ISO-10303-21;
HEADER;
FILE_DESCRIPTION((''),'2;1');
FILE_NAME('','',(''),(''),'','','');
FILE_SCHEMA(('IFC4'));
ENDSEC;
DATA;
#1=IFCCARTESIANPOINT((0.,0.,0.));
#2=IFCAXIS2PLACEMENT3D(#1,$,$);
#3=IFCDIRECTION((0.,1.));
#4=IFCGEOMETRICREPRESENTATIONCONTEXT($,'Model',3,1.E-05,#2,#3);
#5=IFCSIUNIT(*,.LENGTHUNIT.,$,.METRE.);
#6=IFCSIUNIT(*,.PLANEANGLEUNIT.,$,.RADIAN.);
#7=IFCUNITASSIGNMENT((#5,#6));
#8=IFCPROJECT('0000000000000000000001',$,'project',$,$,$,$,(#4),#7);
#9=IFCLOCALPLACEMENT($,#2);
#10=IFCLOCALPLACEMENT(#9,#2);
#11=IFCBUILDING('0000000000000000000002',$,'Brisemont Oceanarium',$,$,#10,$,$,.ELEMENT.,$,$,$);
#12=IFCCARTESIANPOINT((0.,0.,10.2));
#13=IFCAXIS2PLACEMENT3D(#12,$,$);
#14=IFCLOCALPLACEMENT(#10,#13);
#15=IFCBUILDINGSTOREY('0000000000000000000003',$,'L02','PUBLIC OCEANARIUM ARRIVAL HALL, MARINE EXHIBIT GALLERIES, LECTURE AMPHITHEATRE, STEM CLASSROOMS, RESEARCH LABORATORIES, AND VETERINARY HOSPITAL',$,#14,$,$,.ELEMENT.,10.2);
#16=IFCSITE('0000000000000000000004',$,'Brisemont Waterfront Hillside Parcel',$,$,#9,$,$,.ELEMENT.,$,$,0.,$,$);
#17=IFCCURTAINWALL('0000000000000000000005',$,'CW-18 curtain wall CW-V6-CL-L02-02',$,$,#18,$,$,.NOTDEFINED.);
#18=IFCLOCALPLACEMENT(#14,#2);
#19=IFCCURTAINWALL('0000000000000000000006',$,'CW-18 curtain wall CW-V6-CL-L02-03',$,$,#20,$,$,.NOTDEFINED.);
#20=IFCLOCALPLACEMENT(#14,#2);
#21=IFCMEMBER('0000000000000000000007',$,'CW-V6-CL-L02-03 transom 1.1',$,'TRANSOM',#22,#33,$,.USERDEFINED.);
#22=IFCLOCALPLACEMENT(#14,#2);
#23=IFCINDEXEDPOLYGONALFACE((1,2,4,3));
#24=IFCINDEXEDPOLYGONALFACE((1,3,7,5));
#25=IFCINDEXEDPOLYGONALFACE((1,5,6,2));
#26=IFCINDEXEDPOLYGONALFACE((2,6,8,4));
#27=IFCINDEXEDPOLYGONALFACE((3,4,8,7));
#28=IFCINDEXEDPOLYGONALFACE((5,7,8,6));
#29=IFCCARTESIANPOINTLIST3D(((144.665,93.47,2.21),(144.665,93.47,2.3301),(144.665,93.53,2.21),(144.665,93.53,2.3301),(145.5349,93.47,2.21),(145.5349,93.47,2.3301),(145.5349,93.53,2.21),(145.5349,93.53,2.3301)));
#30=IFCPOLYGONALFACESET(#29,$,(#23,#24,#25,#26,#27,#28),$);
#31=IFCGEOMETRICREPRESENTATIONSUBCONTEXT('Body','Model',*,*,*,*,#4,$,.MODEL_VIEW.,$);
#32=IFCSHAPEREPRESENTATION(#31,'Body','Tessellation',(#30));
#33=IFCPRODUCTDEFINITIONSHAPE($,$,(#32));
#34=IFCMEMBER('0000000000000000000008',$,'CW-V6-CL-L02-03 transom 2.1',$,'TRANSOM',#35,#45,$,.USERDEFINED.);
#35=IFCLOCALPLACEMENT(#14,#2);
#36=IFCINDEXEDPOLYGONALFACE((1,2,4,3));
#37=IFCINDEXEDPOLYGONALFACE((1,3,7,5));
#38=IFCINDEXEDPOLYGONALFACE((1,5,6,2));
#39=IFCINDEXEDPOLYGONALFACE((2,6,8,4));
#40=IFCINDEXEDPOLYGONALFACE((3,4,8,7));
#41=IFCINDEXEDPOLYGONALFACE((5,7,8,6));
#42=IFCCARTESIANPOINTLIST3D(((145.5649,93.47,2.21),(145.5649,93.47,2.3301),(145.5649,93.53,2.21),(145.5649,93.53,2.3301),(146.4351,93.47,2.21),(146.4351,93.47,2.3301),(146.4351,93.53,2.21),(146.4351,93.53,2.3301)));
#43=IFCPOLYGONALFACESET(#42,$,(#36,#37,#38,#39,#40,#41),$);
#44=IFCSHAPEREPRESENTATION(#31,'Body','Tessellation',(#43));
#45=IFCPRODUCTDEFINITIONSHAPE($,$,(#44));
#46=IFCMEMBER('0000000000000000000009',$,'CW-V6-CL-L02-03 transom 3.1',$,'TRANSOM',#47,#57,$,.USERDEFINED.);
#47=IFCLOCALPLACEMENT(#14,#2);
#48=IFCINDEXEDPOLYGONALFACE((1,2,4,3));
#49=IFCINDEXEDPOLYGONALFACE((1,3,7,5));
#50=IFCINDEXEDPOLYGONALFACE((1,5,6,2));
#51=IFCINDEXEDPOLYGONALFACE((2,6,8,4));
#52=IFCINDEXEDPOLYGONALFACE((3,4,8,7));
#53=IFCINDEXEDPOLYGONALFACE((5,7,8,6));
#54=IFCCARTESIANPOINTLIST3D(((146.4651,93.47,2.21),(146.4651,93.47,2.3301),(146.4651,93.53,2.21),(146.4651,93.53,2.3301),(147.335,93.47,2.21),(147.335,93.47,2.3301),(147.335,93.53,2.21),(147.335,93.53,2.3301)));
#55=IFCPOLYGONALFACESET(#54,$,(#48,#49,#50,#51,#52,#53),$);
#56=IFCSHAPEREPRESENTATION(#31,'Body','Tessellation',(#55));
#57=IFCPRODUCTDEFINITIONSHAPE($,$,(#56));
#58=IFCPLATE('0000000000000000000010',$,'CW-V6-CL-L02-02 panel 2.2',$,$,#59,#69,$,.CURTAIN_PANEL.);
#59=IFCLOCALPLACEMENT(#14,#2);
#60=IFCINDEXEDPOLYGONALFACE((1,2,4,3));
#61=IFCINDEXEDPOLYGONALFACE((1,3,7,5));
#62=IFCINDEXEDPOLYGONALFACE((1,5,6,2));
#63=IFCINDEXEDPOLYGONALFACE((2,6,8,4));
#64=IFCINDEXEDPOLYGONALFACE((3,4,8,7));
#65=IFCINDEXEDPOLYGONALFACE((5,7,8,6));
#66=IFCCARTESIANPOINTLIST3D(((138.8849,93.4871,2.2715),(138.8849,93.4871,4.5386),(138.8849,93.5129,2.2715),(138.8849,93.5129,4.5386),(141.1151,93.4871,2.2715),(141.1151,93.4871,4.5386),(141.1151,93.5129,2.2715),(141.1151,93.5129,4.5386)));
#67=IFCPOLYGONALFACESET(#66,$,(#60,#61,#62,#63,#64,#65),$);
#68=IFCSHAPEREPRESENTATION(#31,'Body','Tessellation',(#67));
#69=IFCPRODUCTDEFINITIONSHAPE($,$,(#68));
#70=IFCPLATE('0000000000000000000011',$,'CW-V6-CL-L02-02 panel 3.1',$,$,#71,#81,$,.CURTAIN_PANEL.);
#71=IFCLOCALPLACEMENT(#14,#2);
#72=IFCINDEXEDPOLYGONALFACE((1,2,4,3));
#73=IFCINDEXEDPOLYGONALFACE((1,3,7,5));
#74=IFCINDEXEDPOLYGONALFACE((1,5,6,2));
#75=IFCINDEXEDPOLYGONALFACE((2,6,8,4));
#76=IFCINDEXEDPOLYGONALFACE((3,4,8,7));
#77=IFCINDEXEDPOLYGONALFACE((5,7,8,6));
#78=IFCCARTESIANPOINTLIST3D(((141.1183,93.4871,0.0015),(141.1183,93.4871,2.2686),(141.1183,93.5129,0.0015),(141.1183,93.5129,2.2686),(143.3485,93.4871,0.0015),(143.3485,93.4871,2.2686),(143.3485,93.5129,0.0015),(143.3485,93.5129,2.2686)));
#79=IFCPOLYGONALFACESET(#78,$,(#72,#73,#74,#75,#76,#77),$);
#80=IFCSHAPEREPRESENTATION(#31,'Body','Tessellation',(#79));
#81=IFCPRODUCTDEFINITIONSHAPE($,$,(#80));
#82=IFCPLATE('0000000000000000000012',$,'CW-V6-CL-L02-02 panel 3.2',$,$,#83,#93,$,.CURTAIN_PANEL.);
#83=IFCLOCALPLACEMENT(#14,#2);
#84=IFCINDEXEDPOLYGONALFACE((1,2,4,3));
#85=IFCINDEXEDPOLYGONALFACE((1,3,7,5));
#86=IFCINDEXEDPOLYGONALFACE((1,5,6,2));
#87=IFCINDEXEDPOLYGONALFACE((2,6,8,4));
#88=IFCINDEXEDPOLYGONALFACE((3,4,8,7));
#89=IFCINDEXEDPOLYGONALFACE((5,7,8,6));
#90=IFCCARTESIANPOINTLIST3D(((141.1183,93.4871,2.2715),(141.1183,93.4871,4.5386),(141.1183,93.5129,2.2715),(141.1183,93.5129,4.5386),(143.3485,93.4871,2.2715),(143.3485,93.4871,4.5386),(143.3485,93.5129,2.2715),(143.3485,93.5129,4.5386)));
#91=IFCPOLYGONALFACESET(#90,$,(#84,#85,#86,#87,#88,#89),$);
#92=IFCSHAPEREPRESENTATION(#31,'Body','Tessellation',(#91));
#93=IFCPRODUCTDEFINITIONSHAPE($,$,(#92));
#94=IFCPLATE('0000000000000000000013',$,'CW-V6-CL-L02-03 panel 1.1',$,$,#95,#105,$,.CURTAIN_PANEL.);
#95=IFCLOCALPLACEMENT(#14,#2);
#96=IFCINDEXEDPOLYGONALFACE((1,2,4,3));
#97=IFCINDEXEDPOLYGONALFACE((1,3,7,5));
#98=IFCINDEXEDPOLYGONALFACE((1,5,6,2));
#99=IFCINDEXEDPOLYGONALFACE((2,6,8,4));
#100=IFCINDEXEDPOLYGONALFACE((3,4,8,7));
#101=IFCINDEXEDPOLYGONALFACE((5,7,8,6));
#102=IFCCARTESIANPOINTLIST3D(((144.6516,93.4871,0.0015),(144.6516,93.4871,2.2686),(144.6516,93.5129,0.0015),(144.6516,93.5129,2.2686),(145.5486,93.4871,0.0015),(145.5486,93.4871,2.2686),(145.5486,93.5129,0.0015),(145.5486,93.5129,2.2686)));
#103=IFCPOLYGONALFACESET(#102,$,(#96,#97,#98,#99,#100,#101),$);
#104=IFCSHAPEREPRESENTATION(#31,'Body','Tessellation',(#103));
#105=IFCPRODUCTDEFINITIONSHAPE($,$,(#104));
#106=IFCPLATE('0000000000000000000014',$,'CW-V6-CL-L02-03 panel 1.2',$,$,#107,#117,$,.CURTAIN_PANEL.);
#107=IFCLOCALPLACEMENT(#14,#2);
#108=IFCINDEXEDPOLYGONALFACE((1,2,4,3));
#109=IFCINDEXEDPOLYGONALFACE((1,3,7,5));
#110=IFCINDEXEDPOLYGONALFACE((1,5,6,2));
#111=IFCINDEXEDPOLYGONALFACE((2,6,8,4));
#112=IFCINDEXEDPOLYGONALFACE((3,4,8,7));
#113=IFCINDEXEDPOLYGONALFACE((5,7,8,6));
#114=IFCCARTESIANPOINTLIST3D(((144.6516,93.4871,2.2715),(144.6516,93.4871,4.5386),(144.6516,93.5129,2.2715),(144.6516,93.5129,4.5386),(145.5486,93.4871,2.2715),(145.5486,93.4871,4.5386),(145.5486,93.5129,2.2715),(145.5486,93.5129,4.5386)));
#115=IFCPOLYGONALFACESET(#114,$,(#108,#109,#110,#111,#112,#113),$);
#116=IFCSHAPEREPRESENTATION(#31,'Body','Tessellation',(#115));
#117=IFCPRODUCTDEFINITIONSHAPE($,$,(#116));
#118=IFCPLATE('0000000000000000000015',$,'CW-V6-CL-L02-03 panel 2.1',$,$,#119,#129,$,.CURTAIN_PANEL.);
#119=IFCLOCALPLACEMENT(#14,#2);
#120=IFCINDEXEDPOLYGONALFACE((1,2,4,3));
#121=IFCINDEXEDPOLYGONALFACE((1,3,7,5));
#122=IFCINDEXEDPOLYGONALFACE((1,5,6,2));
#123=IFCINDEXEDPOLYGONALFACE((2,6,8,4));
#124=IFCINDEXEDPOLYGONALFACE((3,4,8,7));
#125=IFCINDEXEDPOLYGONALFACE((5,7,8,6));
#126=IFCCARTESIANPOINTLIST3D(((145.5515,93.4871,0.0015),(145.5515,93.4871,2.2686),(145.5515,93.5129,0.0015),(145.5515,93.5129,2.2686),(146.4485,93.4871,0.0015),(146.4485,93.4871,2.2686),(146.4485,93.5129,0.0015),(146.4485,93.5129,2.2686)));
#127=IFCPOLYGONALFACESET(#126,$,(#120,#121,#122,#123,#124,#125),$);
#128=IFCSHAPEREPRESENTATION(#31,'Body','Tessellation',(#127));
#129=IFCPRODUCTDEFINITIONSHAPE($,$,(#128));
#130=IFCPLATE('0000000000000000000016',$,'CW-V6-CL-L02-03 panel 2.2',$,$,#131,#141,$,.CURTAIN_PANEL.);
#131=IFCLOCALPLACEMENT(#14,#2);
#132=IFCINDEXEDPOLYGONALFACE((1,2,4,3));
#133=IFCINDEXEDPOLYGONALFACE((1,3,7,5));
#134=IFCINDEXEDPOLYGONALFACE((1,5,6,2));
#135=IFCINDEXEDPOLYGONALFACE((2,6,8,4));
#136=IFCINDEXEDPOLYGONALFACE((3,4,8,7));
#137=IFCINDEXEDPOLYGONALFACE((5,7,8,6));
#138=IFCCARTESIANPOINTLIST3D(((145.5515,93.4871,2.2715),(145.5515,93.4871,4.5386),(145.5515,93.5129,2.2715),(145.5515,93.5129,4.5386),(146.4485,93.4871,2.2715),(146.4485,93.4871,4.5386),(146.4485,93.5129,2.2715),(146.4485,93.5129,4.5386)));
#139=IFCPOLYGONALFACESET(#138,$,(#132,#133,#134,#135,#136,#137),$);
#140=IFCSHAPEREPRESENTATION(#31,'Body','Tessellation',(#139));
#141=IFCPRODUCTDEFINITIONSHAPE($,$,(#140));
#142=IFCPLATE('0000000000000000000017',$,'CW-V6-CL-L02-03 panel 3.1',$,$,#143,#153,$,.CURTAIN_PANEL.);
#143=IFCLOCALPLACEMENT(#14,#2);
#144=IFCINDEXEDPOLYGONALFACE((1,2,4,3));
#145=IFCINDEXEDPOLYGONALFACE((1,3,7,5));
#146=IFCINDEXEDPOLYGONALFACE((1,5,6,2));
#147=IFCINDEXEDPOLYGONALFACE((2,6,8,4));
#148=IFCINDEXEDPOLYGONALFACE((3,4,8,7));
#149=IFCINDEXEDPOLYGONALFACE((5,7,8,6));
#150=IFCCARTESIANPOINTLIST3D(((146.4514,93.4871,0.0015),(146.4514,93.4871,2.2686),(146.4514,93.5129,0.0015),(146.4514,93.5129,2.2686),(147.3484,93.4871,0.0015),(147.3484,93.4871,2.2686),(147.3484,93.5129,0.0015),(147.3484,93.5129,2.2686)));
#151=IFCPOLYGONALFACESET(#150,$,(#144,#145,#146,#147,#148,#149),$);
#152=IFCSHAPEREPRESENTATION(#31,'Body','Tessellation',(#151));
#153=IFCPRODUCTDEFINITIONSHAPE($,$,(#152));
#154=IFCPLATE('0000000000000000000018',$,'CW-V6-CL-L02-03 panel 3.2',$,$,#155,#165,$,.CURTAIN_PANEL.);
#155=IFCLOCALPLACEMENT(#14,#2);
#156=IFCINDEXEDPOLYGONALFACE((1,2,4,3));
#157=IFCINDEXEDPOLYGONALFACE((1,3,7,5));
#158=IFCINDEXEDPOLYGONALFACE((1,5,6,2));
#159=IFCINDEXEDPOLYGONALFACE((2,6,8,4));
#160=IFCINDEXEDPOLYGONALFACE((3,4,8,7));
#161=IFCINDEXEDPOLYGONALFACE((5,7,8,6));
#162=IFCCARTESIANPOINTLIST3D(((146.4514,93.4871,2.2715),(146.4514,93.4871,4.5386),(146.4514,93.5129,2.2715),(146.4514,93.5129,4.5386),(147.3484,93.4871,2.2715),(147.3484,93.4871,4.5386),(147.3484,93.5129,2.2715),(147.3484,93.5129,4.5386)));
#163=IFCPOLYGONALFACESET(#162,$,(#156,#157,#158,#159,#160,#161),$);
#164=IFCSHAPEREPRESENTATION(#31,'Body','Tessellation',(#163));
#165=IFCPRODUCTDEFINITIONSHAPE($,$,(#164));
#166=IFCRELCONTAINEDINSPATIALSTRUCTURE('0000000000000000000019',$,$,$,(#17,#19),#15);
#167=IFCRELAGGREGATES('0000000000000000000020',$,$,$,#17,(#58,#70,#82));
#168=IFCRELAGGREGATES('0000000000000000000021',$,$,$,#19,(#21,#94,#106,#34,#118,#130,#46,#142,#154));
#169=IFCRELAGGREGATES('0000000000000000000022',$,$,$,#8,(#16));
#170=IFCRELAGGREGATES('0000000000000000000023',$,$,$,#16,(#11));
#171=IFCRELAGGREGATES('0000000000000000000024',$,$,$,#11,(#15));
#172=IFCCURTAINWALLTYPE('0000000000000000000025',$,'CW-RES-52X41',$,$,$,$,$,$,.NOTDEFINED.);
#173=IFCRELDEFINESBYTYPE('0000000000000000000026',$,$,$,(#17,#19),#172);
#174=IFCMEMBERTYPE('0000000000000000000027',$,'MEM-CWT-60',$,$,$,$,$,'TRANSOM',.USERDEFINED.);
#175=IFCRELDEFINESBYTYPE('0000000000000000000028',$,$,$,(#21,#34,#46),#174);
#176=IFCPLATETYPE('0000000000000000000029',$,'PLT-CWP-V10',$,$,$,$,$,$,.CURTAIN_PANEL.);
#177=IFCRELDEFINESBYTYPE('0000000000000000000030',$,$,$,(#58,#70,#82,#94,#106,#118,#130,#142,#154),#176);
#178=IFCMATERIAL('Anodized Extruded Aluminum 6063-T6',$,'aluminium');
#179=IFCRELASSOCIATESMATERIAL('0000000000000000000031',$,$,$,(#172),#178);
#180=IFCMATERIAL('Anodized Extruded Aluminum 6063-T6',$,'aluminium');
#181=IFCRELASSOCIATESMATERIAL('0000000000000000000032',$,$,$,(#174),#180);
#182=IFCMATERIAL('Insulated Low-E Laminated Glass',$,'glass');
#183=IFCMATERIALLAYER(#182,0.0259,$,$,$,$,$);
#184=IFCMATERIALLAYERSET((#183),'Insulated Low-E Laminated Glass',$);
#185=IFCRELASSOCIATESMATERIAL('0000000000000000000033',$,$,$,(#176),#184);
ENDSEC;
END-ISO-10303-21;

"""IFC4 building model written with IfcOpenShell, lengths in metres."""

from ifc_helpers import new_model, si_unit, direction, frame, origin, origin_2d, place, context, subcontext, project, spatial, rectangle, extrude, material, layer, layer_set, material_profile, profile_set, type_object, element, aggregate, save


model = new_model("IFC4")

# Units and contexts
model_context = context("Model", 3, precision=1e-05, world=origin(), true_north=direction((0.0, 1.0)))
body_context = subcontext(model_context, "Body", "Model", "MODEL_VIEW")
ifc_project = project(units=[si_unit("LENGTHUNIT", "METRE"), si_unit("PLANEANGLEUNIT", "RADIAN")], contexts=[model_context])

# Site, building, storey
site_placement = place(None, origin())
site = spatial("IfcSite", under=ifc_project, at=site_placement, Name="Brisemont Waterfront Hillside Parcel", CompositionType="ELEMENT", RefElevation=0.0)
building_placement = place(site_placement, origin())
building = spatial("IfcBuilding", under=site, at=building_placement, Name="Brisemont Oceanarium", CompositionType="ELEMENT")
storey_placement = place(building_placement, frame((0.0, 0.0, 10.2)))
storey = spatial("IfcBuildingStorey", under=building, at=storey_placement, Name="L02", Description="PUBLIC OCEANARIUM ARRIVAL HALL, MARINE EXHIBIT GALLERIES, LECTURE AMPHITHEATRE, STEM CLASSROOMS, RESEARCH LABORATORIES, AND VETERINARY HOSPITAL", CompositionType="ELEMENT", Elevation=10.2)

# Curtain walls
ifc_material_1 = material(Name="Anodized Extruded Aluminum 6063-T6", Category="aluminium")
curtain_wall_type = type_object("IfcCurtainWallType", Name="CW-RES-52X41", PredefinedType="NOTDEFINED", material=ifc_material_1)
curtain_wall_1_placement = place(storey_placement, origin())
curtain_wall_1 = element("IfcCurtainWall", 1, at=curtain_wall_1_placement, inside=storey, type_object=curtain_wall_type, Name="CW-18 curtain wall CW-V6-CL-L02-02", PredefinedType="NOTDEFINED")
curtain_wall_2_placement = place(storey_placement, origin())
curtain_wall_2 = element("IfcCurtainWall", 2, at=curtain_wall_2_placement, inside=storey, type_object=curtain_wall_type, Name="CW-18 curtain wall CW-V6-CL-L02-03", PredefinedType="NOTDEFINED")

# Members
ifc_material_2 = material(Name="Anodized Extruded Aluminum 6063-T6", Category="aluminium")
ifc_material_profile_1 = material_profile(ifc_material_2, rectangle(XDim=0.0601, YDim=0.1201, at=origin_2d()), Name="CWT-60X120")
ifc_profile_set_1 = profile_set([ifc_material_profile_1], Name="Anodized Extruded Aluminum 6063-T6")
member_type_1 = type_object("IfcMemberType", Name="MEM-CWT-60", ElementType="TRANSOM", PredefinedType="USERDEFINED", material=ifc_profile_set_1)
member_1_placement = place(storey_placement, frame((144.665, 93.5, 2.27), z_axis=(1.0, 0.0, 0.0), x_axis=(0.0, 1.0, 0.0)))
member_1 = element("IfcMember", 3, at=member_1_placement, type_object=member_type_1, Name="CW-V6-CL-L02-03 transom 1.1", ObjectType="TRANSOM", PredefinedType="USERDEFINED", context=body_context, shape_type="SweptSolid", body=[
    extrude(rectangle(XDim=0.0601, YDim=0.1201, at=origin_2d()), origin(), (0.0, 0.0, 1.0), 0.8699),
])
member_2_placement = place(storey_placement, frame((145.5649, 93.5, 2.27), z_axis=(1.0, 0.0, 0.0), x_axis=(0.0, 1.0, 0.0)))
member_2 = element("IfcMember", 4, at=member_2_placement, type_object=member_type_1, Name="CW-V6-CL-L02-03 transom 2.1", ObjectType="TRANSOM", PredefinedType="USERDEFINED", context=body_context, shape_type="SweptSolid", body=[
    extrude(rectangle(XDim=0.0601, YDim=0.1201, at=origin_2d()), origin(), (0.0, 0.0, 1.0), 0.8701),
])
member_3_placement = place(storey_placement, frame((146.4651, 93.5, 2.27), z_axis=(1.0, 0.0, 0.0), x_axis=(0.0, 1.0, 0.0)))
member_3 = element("IfcMember", 5, at=member_3_placement, type_object=member_type_1, Name="CW-V6-CL-L02-03 transom 3.1", ObjectType="TRANSOM", PredefinedType="USERDEFINED", context=body_context, shape_type="SweptSolid", body=[
    extrude(rectangle(XDim=0.0601, YDim=0.1201, at=origin_2d()), origin(), (0.0, 0.0, 1.0), 0.8699),
])

# Plates
ifc_material_3 = material(Name="Insulated Low-E Laminated Glass", Category="glass")
ifc_layer = layer(ifc_material_3, 0.0259)
ifc_layer_set = layer_set([ifc_layer], Name="Insulated Low-E Laminated Glass")
plate_type = type_object("IfcPlateType", Name="PLT-CWP-V10", PredefinedType="CURTAIN_PANEL", material=ifc_layer_set)
plate_1_placement = place(storey_placement, frame((140.0, 93.5, 2.2715), z_axis=(0.0, 0.0, 1.0), x_axis=(1.0, 0.0, 0.0)))
plate_1 = element("IfcPlate", 6, at=plate_1_placement, type_object=plate_type, Name="CW-V6-CL-L02-02 panel 2.2", PredefinedType="CURTAIN_PANEL", context=body_context, shape_type="SweptSolid", body=[
    extrude(rectangle(XDim=2.2302, YDim=0.0259, at=origin_2d()), origin(), (0.0, 0.0, 1.0), 2.2671),
])
plate_2_placement = place(storey_placement, frame((142.2334, 93.5, 0.0015), z_axis=(0.0, 0.0, 1.0), x_axis=(1.0, 0.0, 0.0)))
plate_2 = element("IfcPlate", 7, at=plate_2_placement, type_object=plate_type, Name="CW-V6-CL-L02-02 panel 3.1", PredefinedType="CURTAIN_PANEL", context=body_context, shape_type="SweptSolid", body=[
    extrude(rectangle(XDim=2.2302, YDim=0.0259, at=origin_2d()), origin(), (0.0, 0.0, 1.0), 2.2671),
])
plate_3_placement = place(storey_placement, frame((142.2334, 93.5, 2.2715), z_axis=(0.0, 0.0, 1.0), x_axis=(1.0, 0.0, 0.0)))
plate_3 = element("IfcPlate", 8, at=plate_3_placement, type_object=plate_type, Name="CW-V6-CL-L02-02 panel 3.2", PredefinedType="CURTAIN_PANEL", context=body_context, shape_type="SweptSolid", body=[
    extrude(rectangle(XDim=2.2302, YDim=0.0259, at=origin_2d()), origin(), (0.0, 0.0, 1.0), 2.2671),
])
aggregate(curtain_wall_1, [plate_1, plate_2, plate_3])
plate_4_placement = place(storey_placement, frame((145.1001, 93.5, 0.0015), z_axis=(0.0, 0.0, 1.0), x_axis=(1.0, 0.0, 0.0)))
plate_4 = element("IfcPlate", 9, at=plate_4_placement, type_object=plate_type, Name="CW-V6-CL-L02-03 panel 1.1", PredefinedType="CURTAIN_PANEL", context=body_context, shape_type="SweptSolid", body=[
    extrude(rectangle(XDim=0.897, YDim=0.0259, at=origin_2d()), origin(), (0.0, 0.0, 1.0), 2.2671),
])
plate_5_placement = place(storey_placement, frame((145.1001, 93.5, 2.2715), z_axis=(0.0, 0.0, 1.0), x_axis=(1.0, 0.0, 0.0)))
plate_5 = element("IfcPlate", 10, at=plate_5_placement, type_object=plate_type, Name="CW-V6-CL-L02-03 panel 1.2", PredefinedType="CURTAIN_PANEL", context=body_context, shape_type="SweptSolid", body=[
    extrude(rectangle(XDim=0.897, YDim=0.0259, at=origin_2d()), origin(), (0.0, 0.0, 1.0), 2.2671),
])
plate_6_placement = place(storey_placement, frame((146.0, 93.5, 0.0015), z_axis=(0.0, 0.0, 1.0), x_axis=(1.0, 0.0, 0.0)))
plate_6 = element("IfcPlate", 11, at=plate_6_placement, type_object=plate_type, Name="CW-V6-CL-L02-03 panel 2.1", PredefinedType="CURTAIN_PANEL", context=body_context, shape_type="SweptSolid", body=[
    extrude(rectangle(XDim=0.897, YDim=0.0259, at=origin_2d()), origin(), (0.0, 0.0, 1.0), 2.2671),
])
plate_7_placement = place(storey_placement, frame((146.0, 93.5, 2.2715), z_axis=(0.0, 0.0, 1.0), x_axis=(1.0, 0.0, 0.0)))
plate_7 = element("IfcPlate", 12, at=plate_7_placement, type_object=plate_type, Name="CW-V6-CL-L02-03 panel 2.2", PredefinedType="CURTAIN_PANEL", context=body_context, shape_type="SweptSolid", body=[
    extrude(rectangle(XDim=0.897, YDim=0.0259, at=origin_2d()), origin(), (0.0, 0.0, 1.0), 2.2671),
])
plate_8_placement = place(storey_placement, frame((146.8999, 93.5, 0.0015), z_axis=(0.0, 0.0, 1.0), x_axis=(1.0, 0.0, 0.0)))
plate_8 = element("IfcPlate", 13, at=plate_8_placement, type_object=plate_type, Name="CW-V6-CL-L02-03 panel 3.1", PredefinedType="CURTAIN_PANEL", context=body_context, shape_type="SweptSolid", body=[
    extrude(rectangle(XDim=0.897, YDim=0.0259, at=origin_2d()), origin(), (0.0, 0.0, 1.0), 2.2671),
])
plate_9_placement = place(storey_placement, frame((146.8999, 93.5, 2.2715), z_axis=(0.0, 0.0, 1.0), x_axis=(1.0, 0.0, 0.0)))
plate_9 = element("IfcPlate", 14, at=plate_9_placement, type_object=plate_type, Name="CW-V6-CL-L02-03 panel 3.2", PredefinedType="CURTAIN_PANEL", context=body_context, shape_type="SweptSolid", body=[
    extrude(rectangle(XDim=0.897, YDim=0.0259, at=origin_2d()), origin(), (0.0, 0.0, 1.0), 2.2671),
])
aggregate(curtain_wall_2, [member_1, plate_4, plate_5, member_2, plate_6, plate_7, member_3, plate_8, plate_9])

save(model, "model.ifc")
